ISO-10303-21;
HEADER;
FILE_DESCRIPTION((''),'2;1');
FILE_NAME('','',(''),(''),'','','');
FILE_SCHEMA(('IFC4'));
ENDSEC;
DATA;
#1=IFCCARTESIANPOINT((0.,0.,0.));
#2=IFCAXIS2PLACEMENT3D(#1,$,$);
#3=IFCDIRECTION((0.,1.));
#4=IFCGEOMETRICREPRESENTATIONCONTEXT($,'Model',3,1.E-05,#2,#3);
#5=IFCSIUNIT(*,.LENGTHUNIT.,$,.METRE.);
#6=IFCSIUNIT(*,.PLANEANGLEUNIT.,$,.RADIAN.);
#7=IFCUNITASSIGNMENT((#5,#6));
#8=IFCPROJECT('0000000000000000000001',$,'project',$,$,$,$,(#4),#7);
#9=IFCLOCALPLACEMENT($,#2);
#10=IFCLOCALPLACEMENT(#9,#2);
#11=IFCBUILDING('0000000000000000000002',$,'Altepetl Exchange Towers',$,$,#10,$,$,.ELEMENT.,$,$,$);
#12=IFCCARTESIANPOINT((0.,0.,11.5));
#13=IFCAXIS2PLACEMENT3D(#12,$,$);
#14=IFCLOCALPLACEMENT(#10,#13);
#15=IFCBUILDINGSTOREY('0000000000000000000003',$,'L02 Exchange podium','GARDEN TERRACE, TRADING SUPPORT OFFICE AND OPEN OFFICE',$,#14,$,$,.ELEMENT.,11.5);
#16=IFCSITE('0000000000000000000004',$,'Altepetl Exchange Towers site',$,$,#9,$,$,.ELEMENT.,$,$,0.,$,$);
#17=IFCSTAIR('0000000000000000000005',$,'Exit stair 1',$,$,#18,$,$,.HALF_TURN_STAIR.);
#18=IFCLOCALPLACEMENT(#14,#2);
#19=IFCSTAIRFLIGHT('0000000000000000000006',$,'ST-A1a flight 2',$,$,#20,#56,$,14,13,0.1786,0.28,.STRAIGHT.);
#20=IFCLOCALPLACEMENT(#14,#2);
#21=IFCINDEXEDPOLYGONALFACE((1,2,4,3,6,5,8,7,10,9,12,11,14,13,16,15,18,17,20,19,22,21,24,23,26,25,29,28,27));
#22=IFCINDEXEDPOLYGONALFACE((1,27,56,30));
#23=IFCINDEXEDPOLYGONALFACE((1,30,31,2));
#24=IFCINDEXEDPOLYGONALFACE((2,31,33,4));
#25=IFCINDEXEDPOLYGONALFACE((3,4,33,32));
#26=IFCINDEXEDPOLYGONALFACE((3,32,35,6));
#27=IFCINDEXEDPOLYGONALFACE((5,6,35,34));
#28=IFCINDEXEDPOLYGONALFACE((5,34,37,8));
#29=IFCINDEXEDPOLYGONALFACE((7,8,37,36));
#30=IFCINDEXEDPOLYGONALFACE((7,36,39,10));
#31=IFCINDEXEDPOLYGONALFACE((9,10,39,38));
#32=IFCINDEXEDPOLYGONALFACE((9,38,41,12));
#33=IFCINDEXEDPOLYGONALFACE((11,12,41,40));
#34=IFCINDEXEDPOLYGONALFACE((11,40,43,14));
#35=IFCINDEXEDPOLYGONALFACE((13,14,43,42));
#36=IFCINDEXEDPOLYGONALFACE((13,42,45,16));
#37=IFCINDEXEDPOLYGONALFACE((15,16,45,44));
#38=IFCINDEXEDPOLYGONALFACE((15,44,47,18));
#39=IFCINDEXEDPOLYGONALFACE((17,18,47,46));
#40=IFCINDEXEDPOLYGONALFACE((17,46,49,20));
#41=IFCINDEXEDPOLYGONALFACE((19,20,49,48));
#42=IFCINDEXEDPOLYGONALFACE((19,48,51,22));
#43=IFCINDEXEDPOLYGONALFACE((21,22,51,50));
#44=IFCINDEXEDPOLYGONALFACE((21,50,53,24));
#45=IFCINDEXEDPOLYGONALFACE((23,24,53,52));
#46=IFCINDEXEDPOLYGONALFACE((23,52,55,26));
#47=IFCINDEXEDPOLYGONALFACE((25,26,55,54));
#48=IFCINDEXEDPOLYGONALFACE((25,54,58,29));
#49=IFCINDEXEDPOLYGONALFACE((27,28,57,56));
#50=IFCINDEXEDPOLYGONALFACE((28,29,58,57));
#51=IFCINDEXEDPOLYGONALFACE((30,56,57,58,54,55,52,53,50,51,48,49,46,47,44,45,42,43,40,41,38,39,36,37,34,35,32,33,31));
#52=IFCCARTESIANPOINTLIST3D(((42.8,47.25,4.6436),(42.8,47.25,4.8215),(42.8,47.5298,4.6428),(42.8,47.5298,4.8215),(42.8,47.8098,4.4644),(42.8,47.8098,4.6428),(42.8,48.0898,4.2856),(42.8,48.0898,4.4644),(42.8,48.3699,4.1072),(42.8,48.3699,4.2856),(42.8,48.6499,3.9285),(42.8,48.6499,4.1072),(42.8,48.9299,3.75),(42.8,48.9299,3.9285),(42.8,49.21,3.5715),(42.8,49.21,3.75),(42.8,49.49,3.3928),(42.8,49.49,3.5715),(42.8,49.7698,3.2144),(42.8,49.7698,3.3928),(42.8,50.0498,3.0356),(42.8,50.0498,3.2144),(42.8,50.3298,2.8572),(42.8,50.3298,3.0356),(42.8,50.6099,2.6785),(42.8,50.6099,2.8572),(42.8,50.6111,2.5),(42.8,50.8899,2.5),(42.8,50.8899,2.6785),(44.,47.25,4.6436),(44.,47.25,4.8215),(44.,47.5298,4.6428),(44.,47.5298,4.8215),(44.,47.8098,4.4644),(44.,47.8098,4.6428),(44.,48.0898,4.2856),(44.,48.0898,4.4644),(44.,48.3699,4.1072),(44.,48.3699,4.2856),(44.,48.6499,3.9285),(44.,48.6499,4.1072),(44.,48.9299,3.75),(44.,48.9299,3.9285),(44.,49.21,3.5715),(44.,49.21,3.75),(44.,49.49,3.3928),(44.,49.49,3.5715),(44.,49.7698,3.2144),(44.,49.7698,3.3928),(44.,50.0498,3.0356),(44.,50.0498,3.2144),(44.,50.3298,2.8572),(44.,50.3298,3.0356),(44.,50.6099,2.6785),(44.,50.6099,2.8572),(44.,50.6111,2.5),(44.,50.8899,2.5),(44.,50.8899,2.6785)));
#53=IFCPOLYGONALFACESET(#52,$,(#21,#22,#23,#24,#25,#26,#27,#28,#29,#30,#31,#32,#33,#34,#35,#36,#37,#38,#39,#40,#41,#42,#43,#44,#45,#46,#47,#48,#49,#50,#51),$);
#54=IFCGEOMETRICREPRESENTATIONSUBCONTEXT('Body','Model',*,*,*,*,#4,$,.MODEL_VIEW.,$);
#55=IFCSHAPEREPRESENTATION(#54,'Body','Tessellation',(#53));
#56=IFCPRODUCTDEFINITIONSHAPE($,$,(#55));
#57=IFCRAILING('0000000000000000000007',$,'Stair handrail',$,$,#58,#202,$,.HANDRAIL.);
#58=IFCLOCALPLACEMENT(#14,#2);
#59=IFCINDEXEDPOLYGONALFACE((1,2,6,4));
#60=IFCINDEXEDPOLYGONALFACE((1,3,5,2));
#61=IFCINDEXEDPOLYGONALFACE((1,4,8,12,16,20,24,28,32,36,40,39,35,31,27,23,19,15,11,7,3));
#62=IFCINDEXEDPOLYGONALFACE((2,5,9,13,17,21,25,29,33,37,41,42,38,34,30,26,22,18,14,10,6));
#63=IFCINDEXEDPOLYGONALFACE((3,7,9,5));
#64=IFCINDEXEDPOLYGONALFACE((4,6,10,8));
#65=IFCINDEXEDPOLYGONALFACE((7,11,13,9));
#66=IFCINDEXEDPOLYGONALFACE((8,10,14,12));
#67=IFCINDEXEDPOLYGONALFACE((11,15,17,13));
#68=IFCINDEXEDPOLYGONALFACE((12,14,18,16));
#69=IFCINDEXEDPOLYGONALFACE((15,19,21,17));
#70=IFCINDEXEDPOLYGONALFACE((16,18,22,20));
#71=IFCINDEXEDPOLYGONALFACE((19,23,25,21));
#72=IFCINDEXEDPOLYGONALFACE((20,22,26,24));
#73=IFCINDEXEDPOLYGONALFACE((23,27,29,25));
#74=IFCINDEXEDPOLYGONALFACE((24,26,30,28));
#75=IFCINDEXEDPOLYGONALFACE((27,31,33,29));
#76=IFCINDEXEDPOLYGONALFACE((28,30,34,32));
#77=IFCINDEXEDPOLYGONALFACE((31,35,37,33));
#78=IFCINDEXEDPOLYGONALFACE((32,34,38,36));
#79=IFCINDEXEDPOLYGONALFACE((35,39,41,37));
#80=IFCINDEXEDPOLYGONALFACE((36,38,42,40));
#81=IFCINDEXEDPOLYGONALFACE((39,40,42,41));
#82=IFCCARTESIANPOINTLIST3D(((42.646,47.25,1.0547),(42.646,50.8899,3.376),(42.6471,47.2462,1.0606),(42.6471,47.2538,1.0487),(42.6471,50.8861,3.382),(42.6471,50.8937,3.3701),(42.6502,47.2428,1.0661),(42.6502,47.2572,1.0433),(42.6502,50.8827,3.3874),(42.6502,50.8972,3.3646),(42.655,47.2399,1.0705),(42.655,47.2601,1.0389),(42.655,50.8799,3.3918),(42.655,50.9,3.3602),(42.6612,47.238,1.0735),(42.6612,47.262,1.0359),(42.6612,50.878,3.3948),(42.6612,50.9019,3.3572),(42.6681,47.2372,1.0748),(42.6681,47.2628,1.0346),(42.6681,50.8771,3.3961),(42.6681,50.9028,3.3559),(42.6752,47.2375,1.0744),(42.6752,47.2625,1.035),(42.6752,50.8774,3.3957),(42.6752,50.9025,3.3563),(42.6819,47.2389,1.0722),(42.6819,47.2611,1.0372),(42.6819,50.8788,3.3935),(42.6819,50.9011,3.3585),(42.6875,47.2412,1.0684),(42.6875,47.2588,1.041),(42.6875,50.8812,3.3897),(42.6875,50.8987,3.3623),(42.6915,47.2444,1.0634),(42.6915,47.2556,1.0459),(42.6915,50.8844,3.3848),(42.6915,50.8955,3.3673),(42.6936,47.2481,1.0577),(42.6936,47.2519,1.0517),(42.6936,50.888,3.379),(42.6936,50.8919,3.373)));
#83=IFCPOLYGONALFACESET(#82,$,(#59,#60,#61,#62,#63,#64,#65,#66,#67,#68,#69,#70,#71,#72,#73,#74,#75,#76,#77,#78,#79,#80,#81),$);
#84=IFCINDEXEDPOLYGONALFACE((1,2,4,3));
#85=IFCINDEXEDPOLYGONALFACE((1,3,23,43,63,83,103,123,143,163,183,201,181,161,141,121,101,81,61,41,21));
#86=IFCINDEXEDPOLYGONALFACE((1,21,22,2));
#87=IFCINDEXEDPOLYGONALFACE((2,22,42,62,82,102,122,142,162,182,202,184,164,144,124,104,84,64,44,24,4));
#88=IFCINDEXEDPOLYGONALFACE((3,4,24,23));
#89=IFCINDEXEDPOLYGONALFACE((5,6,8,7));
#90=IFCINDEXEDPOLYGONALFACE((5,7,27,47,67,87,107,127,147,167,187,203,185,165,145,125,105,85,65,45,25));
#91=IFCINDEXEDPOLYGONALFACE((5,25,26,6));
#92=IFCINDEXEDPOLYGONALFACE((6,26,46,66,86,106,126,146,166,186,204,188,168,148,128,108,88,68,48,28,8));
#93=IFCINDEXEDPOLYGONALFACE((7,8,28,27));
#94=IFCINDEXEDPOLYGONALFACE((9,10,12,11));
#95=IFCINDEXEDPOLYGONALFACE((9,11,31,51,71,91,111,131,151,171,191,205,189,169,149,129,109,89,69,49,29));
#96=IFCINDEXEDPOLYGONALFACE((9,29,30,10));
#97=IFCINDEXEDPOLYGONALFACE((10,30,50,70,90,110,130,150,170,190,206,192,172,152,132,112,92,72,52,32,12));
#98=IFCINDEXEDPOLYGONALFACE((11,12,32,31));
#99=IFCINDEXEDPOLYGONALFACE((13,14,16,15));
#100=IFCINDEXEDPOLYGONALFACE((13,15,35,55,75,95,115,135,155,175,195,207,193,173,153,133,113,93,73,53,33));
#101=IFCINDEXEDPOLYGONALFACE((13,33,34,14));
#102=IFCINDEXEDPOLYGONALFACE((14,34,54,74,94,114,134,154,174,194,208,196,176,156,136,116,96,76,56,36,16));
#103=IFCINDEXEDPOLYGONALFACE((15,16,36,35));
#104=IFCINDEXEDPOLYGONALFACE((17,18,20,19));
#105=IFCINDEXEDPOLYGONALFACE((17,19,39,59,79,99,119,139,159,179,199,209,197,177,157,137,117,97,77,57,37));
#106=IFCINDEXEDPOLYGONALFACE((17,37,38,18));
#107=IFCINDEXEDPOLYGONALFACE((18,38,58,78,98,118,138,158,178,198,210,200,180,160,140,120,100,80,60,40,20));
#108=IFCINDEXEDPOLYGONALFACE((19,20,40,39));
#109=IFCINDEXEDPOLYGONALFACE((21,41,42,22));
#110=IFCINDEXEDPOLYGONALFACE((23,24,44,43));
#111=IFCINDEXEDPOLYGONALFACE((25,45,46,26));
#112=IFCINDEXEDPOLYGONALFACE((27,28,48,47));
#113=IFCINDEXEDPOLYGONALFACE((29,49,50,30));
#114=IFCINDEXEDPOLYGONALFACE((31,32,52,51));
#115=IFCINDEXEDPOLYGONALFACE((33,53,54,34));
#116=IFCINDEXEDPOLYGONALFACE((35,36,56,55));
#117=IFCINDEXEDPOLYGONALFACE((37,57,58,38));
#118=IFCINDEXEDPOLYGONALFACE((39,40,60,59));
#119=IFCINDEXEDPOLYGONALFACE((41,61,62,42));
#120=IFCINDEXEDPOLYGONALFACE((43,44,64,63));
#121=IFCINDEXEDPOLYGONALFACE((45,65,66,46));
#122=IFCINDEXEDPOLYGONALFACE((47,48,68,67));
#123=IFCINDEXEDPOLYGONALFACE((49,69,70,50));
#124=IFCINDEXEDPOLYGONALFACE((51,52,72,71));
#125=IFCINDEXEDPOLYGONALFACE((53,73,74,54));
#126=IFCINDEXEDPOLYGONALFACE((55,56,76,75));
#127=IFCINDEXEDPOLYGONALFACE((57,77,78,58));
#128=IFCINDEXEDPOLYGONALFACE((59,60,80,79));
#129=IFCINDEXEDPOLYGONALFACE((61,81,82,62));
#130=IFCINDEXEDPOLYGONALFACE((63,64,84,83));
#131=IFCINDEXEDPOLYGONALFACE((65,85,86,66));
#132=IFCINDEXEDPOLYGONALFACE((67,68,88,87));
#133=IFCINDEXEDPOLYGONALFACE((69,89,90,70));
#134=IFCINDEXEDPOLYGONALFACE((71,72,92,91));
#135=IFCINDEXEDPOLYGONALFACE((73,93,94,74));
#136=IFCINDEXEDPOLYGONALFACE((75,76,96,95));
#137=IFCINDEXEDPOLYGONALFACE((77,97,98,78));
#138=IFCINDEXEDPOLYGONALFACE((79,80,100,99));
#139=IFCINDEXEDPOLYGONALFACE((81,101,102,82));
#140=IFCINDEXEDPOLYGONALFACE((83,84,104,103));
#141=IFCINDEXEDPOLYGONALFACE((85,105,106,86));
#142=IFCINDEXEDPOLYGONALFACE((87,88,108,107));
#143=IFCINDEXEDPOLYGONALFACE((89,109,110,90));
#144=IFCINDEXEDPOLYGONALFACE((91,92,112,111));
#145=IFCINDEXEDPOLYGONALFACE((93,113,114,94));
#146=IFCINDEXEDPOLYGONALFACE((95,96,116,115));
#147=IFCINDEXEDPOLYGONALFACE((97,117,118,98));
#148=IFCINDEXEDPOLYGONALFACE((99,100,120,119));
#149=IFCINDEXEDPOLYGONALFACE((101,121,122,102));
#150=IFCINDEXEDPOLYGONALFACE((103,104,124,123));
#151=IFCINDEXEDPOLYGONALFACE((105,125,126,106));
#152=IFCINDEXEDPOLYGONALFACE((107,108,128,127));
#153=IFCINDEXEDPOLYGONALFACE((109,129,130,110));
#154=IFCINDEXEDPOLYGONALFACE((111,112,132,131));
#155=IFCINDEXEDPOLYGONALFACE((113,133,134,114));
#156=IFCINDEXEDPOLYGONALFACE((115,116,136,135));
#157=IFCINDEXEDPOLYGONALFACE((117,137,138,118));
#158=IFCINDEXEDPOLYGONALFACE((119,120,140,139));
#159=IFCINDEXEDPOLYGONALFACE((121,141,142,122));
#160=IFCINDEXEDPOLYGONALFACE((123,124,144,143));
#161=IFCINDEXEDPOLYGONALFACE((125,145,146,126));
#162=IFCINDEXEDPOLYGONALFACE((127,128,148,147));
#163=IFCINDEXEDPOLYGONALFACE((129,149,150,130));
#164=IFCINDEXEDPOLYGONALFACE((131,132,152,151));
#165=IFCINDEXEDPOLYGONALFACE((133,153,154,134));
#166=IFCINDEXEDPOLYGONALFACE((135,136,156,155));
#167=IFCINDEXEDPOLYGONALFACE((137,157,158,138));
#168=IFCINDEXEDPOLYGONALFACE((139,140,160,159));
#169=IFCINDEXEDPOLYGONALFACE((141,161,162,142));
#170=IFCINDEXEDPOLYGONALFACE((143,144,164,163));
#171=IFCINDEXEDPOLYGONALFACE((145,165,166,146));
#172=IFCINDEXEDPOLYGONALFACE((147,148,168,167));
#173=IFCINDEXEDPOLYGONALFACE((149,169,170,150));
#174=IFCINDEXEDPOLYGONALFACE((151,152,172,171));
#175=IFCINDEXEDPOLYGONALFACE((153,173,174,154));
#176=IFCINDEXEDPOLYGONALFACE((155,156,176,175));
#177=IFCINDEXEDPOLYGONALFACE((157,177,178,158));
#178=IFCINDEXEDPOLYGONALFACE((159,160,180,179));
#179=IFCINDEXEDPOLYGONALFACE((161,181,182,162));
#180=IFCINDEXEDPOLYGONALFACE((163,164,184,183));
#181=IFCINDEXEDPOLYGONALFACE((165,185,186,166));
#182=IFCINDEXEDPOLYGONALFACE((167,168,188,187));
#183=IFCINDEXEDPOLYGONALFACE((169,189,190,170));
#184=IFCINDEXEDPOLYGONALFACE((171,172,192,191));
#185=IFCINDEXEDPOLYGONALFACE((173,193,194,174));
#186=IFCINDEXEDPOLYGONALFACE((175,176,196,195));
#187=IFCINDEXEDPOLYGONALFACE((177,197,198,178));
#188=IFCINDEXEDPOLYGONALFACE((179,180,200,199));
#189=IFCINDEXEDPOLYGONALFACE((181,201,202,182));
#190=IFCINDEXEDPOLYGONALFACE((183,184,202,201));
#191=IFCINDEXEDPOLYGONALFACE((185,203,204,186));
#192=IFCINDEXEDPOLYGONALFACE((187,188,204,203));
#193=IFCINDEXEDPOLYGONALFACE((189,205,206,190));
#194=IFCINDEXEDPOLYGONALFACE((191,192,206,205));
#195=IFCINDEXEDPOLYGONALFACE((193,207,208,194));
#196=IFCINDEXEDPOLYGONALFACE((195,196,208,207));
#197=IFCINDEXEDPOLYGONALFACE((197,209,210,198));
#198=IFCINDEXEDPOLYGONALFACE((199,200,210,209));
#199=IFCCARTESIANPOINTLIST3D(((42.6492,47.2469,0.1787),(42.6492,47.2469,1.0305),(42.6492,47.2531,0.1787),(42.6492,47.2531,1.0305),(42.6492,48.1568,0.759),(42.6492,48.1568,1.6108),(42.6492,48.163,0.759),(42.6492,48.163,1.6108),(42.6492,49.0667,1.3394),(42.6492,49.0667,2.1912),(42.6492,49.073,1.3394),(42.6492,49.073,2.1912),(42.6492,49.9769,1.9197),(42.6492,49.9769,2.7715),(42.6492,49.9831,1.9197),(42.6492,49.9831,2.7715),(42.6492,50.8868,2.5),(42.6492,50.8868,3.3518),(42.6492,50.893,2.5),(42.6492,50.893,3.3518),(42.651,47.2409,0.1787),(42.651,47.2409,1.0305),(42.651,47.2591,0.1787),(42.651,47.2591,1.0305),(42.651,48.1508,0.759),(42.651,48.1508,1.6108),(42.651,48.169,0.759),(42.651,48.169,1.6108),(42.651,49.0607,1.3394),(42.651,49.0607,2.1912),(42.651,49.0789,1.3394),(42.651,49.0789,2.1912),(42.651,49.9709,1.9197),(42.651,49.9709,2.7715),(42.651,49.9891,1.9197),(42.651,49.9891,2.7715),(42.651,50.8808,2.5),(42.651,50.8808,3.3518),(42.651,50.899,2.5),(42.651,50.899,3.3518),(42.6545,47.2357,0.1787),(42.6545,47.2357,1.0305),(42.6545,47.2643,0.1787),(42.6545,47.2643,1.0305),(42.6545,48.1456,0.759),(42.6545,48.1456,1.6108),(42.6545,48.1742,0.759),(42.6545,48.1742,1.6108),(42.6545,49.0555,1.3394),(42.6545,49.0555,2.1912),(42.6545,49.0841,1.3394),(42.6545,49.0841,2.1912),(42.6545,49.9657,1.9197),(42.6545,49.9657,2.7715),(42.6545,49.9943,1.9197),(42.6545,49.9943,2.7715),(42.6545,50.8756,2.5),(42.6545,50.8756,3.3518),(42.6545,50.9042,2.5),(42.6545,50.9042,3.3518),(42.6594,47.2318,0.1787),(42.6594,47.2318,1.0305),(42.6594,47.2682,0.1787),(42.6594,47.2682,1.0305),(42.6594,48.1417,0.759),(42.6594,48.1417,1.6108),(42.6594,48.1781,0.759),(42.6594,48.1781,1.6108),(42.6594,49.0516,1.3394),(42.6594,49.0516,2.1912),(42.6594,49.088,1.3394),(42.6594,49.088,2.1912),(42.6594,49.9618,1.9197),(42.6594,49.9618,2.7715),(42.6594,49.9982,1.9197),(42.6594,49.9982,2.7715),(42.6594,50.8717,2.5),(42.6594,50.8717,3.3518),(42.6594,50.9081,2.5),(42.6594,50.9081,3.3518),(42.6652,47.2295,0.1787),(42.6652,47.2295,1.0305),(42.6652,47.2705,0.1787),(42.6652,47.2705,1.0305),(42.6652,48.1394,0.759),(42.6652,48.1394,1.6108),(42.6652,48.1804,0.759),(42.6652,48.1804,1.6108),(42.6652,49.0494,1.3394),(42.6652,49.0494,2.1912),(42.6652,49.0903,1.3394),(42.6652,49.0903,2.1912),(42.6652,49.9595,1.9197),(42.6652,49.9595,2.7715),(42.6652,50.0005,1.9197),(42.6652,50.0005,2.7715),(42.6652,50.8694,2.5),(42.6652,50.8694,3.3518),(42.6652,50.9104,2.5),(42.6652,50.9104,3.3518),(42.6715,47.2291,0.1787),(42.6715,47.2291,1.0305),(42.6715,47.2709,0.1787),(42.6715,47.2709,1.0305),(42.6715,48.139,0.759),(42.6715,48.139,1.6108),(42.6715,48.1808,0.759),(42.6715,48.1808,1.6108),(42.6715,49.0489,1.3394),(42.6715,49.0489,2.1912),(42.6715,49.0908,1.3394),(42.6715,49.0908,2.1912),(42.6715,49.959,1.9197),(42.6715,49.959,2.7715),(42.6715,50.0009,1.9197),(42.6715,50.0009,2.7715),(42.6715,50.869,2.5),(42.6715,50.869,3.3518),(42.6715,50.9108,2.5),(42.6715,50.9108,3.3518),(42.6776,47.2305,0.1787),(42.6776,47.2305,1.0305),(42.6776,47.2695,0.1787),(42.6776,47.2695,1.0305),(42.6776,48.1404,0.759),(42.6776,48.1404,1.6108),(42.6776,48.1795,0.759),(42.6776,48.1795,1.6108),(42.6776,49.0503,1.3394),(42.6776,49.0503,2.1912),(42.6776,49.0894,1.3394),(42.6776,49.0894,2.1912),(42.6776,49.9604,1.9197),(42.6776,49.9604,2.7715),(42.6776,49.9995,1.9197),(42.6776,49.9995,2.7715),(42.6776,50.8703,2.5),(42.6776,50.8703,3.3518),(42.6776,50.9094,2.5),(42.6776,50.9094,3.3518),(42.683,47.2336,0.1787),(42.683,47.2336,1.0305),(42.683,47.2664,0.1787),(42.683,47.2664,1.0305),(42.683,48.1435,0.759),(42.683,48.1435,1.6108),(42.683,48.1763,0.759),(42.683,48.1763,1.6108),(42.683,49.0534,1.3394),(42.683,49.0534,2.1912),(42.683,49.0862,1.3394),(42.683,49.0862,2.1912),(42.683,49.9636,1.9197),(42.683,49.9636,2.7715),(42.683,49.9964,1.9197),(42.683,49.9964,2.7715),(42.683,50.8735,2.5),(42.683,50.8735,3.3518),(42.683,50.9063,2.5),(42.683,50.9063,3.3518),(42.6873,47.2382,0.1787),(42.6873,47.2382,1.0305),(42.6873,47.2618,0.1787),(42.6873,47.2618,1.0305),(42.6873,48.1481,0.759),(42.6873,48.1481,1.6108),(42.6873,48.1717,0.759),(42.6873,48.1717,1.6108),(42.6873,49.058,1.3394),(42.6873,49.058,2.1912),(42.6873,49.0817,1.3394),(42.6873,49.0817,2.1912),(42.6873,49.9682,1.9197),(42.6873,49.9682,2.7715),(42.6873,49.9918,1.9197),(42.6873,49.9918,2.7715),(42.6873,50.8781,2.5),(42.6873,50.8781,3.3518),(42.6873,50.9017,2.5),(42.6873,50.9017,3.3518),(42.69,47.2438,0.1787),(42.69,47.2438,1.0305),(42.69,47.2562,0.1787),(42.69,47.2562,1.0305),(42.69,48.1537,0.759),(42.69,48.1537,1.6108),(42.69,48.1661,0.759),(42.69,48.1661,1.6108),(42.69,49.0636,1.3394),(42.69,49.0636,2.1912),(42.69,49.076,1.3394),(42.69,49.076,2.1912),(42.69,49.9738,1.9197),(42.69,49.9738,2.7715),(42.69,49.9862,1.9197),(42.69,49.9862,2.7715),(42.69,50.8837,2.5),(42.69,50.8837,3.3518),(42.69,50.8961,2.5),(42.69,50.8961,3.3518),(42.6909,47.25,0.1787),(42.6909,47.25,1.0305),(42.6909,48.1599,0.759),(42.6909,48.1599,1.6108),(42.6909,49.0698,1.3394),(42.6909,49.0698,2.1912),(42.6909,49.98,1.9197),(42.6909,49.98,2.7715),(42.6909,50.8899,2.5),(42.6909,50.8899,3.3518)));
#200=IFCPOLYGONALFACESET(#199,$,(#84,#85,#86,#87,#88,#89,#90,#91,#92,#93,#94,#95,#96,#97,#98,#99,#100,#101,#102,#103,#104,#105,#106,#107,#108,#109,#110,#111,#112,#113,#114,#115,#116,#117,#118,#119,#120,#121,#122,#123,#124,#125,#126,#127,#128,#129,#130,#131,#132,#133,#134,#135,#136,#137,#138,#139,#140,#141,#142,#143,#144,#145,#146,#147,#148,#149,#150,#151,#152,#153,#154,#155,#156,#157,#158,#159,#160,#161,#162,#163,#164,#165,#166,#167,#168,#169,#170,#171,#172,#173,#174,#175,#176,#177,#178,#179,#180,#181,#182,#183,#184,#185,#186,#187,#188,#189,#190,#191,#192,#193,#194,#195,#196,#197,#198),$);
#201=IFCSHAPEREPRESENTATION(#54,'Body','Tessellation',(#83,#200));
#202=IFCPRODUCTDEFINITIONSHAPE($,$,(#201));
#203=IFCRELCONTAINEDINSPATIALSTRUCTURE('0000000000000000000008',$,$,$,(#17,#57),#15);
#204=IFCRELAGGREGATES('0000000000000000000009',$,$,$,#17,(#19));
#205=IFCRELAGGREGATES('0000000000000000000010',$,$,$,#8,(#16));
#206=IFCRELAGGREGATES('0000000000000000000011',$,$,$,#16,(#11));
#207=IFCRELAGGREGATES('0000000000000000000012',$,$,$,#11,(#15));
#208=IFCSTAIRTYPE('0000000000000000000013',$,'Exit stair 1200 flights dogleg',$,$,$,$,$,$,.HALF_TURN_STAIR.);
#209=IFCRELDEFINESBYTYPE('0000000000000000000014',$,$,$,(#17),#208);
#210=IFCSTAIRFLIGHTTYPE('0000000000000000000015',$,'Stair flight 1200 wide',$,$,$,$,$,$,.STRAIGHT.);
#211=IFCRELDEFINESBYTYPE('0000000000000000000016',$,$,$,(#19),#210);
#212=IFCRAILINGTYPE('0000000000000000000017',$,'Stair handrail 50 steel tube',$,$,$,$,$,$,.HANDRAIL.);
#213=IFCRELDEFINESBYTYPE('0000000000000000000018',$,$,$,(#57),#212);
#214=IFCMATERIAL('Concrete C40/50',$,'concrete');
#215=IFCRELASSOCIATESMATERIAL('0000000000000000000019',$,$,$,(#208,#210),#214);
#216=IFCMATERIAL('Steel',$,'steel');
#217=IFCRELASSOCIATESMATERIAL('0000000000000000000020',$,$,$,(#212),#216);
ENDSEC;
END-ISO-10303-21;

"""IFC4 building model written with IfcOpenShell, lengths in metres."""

from ifc_helpers import new_model, si_unit, direction, frame, origin, origin_2d, place, context, subcontext, project, spatial, polyline, circle, outline, extrude, source, transform, mapped, material, type_object, element, aggregate, save


model = new_model("IFC4")

# Units and contexts
model_context = context("Model", 3, precision=1e-05, world=origin(), true_north=direction((0.0, 1.0)))
body_context = subcontext(model_context, "Body", "Model", "MODEL_VIEW")
ifc_project = project(units=[si_unit("LENGTHUNIT", "METRE"), si_unit("PLANEANGLEUNIT", "RADIAN")], contexts=[model_context])

# Site, building, storey
site_placement = place(None, origin())
site = spatial("IfcSite", under=ifc_project, at=site_placement, Name="Altepetl Exchange Towers site", CompositionType="ELEMENT", RefElevation=0.0)
building_placement = place(site_placement, origin())
building = spatial("IfcBuilding", under=site, at=building_placement, Name="Altepetl Exchange Towers", CompositionType="ELEMENT")
storey_placement = place(building_placement, frame((0.0, 0.0, 11.5)))
storey = spatial("IfcBuildingStorey", under=building, at=storey_placement, Name="L02 Exchange podium", Description="GARDEN TERRACE, TRADING SUPPORT OFFICE AND OPEN OFFICE", CompositionType="ELEMENT", Elevation=11.5)

# Shared definitions
ifc_material_1 = material(Name="Concrete C40/50", Category="concrete")

# Stair, stair flight
stair_type = type_object("IfcStairType", Name="Exit stair 1200 flights dogleg", PredefinedType="HALF_TURN_STAIR", material=ifc_material_1)
stair_placement = place(storey_placement, origin())
stair = element("IfcStair", 1, at=stair_placement, inside=storey, type_object=stair_type, Name="Exit stair 1", PredefinedType="HALF_TURN_STAIR")
stair_flight_type = type_object("IfcStairFlightType", Name="Stair flight 1200 wide", PredefinedType="STRAIGHT", material=ifc_material_1)
stair_flight_1_placement = place(storey_placement, frame((43.3999, 50.8899, 2.5), z_axis=(0.0, 0.0, 1.0), x_axis=(0.0, -1.0, 0.0)))
stair_flight_1 = element("IfcStairFlight", 2, at=stair_flight_1_placement, type_object=stair_flight_type, Name="ST-A1a flight 2", NumberOfRisers=14, NumberOfTreads=13, PredefinedType="STRAIGHT", RiserHeight=0.1786, TreadLength=0.28, context=body_context, shape_type="SweptSolid", body=[
    extrude(outline(polyline([(0.0, 0.0), (0.0, 0.1785), (0.28, 0.1785), (0.28, 0.3572), (0.5601, 0.3572), (0.5601, 0.5356), (0.8401, 0.5356), (0.8401, 0.7144), (1.1201, 0.7144), (1.1201, 0.8928), (1.3999, 0.8928), (1.3999, 1.0715), (1.6799, 1.0715), (1.6799, 1.25), (1.96, 1.25), (1.96, 1.4285), (2.24, 1.4285), (2.24, 1.6072), (2.52, 1.6072), (2.52, 1.7856), (2.8, 1.7856), (2.8, 1.9644), (3.0801, 1.9644), (3.0801, 2.1428), (3.3601, 2.1428), (3.3601, 2.3215), (3.6399, 2.3215), (3.6399, 2.5), (3.6399, 2.1436), (0.2788, 0.0), (0.0, 0.0)])), frame((0.0, 0.6001, 0.0), z_axis=(0.0, -1.0, 0.0), x_axis=(1.0, 0.0, 0.0)), (0.0, 0.0, 1.0), 1.2),
])
aggregate(stair, [stair_flight_1])

# Railing
ifc_material_2 = material(Name="Steel", Category="steel")
railing_type = type_object("IfcRailingType", Name="Stair handrail 50 steel tube", PredefinedType="HANDRAIL", material=ifc_material_2)
shared_shape = source(origin(), body_context, "Body", "SweptSolid", [
    extrude(circle(Radius=0.021, at=origin_2d()), origin(), (0.0, 0.0, 1.0), 0.8518),
])
railing_1_placement = place(storey_placement, frame((42.6699, 47.25, 0.1787)))
element("IfcRailing", 3, at=railing_1_placement, inside=storey, type_object=railing_type, Name="Stair handrail", PredefinedType="HANDRAIL", context=body_context, shape_type="SweptSolid", body=[
    extrude(circle(Radius=0.0239, at=origin_2d()), frame((0.0, 0.0, 0.876), z_axis=(0.0, 0.843137, 0.537699), x_axis=(-1.0, 0.0, 0.0)), (0.0, 0.0, 1.0), 4.3171),
    mapped(shared_shape, transform((0.0, 0.0, 0.0))),
    mapped(shared_shape, transform((0.0, 0.9099, 0.5803))),
    mapped(shared_shape, transform((0.0, 1.8198, 1.1606))),
    mapped(shared_shape, transform((0.0, 2.73, 1.741))),
    mapped(shared_shape, transform((0.0, 3.6399, 2.3213))),
])

save(model, "model.ifc")
